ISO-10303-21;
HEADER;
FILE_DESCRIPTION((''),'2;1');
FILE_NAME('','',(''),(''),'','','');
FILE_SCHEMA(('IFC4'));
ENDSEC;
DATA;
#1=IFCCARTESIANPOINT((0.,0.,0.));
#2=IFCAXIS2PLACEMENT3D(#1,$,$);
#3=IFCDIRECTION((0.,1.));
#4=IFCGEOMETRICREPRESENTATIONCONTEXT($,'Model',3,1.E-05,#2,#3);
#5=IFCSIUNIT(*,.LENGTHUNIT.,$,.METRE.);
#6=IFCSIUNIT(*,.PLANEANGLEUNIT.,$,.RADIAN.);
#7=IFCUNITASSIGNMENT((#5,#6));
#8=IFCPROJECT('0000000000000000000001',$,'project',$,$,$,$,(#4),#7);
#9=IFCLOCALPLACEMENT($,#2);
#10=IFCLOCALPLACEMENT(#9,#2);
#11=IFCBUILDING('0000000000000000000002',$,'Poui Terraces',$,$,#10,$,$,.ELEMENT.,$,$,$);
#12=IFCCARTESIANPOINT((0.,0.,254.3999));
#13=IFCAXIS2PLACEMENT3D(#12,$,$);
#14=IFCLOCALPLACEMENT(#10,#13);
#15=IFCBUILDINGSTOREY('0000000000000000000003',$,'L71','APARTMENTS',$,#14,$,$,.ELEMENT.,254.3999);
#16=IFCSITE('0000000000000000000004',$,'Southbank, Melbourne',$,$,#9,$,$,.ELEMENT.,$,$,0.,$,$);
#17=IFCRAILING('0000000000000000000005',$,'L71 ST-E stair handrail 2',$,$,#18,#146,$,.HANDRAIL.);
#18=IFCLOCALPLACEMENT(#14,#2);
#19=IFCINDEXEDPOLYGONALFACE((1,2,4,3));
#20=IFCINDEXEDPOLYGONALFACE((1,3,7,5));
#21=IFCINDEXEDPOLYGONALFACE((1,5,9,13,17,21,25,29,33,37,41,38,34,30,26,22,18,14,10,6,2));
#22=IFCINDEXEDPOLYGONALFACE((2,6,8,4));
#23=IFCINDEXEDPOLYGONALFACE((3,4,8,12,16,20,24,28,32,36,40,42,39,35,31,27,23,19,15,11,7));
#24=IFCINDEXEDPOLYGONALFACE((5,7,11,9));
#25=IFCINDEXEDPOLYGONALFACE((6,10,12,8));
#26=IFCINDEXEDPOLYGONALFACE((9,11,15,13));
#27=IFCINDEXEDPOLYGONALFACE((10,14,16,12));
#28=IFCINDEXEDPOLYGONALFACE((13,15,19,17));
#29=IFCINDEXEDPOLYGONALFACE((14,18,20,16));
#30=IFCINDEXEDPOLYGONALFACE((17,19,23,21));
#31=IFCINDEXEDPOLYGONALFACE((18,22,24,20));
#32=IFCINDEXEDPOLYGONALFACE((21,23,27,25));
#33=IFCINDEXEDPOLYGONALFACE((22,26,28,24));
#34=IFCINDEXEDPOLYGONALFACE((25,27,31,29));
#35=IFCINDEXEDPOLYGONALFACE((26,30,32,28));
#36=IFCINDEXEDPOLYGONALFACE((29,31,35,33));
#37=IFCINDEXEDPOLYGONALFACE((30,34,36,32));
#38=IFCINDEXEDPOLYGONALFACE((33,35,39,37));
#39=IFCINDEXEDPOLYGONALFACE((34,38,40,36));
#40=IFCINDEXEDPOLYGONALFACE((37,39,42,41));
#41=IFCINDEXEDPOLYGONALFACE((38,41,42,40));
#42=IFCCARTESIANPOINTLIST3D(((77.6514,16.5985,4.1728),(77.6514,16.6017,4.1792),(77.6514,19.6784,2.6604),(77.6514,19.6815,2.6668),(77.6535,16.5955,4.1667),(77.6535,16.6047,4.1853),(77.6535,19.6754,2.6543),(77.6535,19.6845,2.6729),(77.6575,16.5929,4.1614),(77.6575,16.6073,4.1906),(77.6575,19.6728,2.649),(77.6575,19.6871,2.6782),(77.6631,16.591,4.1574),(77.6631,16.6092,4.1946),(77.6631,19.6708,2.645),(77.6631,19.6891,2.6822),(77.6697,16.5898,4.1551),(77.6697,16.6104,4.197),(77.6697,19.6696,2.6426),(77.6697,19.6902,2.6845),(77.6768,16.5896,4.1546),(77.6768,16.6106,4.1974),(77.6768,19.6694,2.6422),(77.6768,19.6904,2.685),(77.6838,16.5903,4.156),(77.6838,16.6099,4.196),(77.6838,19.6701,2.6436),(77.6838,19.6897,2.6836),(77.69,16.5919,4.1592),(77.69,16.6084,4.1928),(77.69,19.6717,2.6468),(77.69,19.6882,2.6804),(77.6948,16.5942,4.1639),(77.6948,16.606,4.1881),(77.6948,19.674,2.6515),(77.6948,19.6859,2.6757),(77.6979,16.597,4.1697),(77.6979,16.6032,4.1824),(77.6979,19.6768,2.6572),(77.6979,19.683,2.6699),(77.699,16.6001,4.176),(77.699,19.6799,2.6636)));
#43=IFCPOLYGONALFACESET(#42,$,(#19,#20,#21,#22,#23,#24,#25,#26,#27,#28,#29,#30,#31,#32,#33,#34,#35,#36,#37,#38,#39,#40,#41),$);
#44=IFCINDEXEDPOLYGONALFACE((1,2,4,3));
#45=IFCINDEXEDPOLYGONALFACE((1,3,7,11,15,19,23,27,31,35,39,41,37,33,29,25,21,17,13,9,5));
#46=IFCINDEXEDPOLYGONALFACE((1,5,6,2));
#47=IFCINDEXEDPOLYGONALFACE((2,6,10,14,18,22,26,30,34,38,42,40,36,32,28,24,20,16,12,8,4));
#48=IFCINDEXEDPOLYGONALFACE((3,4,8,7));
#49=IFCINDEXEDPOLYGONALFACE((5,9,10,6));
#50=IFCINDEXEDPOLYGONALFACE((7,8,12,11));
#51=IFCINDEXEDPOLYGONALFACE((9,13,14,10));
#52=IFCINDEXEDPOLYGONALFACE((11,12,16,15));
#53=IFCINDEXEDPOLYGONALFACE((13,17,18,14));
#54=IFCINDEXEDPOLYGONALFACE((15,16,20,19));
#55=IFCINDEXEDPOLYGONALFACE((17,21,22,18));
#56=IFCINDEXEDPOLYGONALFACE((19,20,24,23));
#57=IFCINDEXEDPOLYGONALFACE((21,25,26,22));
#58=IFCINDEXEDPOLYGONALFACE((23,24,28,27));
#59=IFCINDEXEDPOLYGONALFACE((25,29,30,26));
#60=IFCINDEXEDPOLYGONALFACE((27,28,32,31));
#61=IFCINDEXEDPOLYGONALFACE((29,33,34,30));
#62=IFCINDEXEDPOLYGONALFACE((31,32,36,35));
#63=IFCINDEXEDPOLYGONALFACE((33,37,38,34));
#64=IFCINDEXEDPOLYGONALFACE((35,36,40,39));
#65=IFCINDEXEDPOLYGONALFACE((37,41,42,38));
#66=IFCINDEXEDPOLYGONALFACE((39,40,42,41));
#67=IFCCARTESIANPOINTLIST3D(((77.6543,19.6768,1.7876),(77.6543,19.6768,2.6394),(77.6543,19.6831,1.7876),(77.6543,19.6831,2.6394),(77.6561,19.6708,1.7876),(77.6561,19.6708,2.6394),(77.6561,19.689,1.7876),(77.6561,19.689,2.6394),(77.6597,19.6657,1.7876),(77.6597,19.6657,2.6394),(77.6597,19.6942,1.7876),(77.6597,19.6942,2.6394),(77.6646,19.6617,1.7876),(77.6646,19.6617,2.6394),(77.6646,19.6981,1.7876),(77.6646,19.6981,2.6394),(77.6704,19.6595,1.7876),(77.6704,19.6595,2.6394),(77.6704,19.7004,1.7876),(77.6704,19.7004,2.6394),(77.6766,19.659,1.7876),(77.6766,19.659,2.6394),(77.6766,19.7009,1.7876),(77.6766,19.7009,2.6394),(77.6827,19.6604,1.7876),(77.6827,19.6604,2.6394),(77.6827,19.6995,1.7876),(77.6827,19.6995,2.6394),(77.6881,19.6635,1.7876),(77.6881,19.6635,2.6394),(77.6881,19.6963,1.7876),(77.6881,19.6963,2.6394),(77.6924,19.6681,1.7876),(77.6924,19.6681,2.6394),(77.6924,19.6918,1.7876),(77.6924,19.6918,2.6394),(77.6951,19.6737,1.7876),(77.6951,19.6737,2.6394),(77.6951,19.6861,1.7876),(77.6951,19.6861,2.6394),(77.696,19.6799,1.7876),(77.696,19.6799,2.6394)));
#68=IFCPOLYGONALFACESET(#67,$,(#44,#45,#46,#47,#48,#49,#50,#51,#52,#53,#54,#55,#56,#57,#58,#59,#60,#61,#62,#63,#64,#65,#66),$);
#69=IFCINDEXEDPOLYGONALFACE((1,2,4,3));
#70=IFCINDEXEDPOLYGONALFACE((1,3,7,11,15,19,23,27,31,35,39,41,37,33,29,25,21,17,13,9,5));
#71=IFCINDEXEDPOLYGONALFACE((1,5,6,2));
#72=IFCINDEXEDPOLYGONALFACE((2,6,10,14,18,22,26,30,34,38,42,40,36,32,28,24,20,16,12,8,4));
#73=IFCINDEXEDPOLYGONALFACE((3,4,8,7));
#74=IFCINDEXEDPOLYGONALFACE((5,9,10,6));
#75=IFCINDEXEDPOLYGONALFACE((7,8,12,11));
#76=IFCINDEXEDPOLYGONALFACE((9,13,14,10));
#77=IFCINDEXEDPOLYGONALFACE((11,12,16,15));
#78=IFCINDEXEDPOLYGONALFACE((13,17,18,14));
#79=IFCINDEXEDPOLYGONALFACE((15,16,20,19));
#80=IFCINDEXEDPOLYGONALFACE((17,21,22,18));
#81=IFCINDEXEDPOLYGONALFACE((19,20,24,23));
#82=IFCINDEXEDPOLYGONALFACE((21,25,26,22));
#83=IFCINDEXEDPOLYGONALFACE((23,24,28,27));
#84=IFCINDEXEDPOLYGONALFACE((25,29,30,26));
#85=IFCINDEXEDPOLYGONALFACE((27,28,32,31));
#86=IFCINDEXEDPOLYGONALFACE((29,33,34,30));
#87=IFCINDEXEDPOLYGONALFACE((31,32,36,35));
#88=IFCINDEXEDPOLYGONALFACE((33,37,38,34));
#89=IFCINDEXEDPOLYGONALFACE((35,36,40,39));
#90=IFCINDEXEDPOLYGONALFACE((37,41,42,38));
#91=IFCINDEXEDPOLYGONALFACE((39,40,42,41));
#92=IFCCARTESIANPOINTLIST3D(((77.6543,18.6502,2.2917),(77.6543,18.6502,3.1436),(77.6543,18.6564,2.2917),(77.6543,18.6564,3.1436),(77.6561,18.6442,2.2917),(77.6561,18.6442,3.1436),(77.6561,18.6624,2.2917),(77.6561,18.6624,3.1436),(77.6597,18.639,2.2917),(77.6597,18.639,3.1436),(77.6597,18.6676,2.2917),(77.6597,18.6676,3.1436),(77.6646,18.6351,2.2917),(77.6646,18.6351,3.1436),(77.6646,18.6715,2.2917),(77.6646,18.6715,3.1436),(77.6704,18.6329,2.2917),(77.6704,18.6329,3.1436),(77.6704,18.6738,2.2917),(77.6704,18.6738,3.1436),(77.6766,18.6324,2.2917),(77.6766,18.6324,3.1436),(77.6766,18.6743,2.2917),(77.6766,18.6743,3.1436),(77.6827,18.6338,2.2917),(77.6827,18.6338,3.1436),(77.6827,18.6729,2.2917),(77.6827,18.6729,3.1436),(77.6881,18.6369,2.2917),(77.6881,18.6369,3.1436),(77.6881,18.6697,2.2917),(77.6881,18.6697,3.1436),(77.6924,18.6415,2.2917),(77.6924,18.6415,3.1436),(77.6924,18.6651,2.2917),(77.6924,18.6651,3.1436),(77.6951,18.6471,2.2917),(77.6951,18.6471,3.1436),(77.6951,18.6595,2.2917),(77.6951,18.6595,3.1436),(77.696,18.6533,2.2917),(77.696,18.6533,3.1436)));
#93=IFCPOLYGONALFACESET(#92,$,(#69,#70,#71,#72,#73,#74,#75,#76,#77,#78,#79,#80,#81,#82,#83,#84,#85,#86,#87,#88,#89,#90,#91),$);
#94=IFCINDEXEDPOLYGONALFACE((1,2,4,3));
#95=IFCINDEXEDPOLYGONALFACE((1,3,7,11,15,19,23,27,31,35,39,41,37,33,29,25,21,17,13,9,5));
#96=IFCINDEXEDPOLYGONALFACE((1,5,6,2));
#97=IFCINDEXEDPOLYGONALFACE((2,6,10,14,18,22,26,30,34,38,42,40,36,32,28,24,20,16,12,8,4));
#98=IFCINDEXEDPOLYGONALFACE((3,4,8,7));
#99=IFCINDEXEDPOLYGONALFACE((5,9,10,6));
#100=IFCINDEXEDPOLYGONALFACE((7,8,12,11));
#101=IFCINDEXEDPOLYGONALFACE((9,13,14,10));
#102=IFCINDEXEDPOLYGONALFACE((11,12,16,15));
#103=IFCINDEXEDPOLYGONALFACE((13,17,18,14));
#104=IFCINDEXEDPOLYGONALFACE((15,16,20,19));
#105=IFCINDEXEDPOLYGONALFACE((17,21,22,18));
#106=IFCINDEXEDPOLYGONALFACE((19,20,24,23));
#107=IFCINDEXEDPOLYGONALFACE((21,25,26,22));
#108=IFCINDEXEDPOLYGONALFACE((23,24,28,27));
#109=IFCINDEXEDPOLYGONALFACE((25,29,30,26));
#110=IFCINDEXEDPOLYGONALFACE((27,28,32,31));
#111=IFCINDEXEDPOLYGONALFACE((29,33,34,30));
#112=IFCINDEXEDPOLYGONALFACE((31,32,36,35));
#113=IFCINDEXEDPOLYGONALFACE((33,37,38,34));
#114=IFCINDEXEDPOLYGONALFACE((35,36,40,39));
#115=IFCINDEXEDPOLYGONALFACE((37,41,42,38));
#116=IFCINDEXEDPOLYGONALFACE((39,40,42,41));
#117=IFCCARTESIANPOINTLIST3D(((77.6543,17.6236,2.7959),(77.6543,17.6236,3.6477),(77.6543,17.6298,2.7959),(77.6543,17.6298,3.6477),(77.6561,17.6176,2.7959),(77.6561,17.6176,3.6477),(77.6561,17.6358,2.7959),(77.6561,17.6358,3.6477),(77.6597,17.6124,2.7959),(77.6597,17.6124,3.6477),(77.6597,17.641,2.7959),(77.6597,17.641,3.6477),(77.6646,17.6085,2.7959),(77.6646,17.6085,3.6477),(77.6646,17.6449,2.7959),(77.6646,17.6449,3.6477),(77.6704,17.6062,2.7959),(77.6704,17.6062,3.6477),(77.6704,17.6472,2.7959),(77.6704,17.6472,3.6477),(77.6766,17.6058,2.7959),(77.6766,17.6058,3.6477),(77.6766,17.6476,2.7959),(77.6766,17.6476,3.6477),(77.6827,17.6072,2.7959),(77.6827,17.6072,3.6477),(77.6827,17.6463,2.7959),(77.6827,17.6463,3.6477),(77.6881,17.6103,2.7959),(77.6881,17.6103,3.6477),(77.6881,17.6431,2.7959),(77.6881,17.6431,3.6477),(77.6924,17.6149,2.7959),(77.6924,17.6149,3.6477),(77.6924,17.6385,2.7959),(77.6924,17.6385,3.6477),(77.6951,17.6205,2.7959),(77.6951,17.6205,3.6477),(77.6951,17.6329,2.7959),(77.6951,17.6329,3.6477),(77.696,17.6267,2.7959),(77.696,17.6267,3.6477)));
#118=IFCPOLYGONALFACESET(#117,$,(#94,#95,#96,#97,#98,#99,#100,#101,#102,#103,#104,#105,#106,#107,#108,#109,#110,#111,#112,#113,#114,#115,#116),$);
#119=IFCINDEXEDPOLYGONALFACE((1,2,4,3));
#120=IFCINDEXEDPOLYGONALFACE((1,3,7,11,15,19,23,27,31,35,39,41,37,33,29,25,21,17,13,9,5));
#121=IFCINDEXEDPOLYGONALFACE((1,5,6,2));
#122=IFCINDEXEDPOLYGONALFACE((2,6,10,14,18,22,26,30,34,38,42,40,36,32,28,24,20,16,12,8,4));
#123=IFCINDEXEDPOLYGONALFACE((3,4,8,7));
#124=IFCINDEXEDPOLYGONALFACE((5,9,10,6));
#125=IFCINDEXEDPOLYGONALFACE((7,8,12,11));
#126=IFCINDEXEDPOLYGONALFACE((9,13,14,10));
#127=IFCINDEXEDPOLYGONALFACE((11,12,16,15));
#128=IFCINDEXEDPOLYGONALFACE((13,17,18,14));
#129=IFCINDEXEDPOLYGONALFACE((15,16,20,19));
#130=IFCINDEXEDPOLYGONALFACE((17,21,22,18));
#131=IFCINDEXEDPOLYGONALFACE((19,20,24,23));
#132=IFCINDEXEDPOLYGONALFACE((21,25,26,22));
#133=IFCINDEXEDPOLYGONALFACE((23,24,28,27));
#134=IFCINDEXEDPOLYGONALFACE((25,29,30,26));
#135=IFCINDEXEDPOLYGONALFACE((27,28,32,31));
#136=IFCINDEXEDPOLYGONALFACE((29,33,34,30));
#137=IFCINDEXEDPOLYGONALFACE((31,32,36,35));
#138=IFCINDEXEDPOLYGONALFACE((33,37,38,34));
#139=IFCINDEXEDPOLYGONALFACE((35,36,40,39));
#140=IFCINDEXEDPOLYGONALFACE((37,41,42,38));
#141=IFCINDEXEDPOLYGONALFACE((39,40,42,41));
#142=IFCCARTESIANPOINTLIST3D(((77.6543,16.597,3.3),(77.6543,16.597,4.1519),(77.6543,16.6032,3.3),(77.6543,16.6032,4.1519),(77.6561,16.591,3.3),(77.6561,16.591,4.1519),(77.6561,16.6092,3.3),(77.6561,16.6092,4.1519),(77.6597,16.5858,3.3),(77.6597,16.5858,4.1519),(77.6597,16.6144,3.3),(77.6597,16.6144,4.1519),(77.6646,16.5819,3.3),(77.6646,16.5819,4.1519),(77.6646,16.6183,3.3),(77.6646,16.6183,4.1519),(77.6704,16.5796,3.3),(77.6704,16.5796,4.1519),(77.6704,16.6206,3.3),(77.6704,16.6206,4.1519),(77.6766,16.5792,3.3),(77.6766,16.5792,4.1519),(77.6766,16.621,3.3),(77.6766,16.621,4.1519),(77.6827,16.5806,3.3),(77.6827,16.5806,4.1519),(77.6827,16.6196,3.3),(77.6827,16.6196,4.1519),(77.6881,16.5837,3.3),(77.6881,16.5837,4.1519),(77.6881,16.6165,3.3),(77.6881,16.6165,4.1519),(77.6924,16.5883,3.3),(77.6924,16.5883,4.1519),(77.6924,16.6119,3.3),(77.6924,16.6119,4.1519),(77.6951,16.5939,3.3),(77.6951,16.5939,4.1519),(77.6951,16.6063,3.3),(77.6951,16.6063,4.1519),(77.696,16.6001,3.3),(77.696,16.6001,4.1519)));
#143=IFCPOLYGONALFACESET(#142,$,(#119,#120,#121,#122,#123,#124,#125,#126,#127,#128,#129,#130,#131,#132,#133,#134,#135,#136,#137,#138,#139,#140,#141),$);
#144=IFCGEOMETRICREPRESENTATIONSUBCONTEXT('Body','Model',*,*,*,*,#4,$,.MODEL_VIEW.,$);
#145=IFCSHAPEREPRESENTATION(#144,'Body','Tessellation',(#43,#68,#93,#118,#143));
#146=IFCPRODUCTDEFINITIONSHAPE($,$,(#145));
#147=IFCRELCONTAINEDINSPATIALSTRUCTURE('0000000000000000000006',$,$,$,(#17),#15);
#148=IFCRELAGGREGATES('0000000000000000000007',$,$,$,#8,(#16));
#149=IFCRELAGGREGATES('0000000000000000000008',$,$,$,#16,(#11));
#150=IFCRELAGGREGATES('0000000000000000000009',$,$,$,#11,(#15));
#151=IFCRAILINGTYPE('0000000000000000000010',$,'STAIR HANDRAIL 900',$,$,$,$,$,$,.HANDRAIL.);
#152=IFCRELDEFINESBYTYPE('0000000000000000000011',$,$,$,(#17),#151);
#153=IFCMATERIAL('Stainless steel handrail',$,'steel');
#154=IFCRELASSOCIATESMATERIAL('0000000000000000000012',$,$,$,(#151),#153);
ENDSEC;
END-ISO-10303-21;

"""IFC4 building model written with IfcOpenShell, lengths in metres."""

from ifc_helpers import new_model, si_unit, direction, frame, origin, origin_2d, place, context, subcontext, project, spatial, circle, extrude, material, type_object, element, save


model = new_model("IFC4")

# Units and contexts
model_context = context("Model", 3, precision=1e-05, world=origin(), true_north=direction((0.0, 1.0)))
body_context = subcontext(model_context, "Body", "Model", "MODEL_VIEW")
ifc_project = project(units=[si_unit("LENGTHUNIT", "METRE"), si_unit("PLANEANGLEUNIT", "RADIAN")], contexts=[model_context])

# Site, building, storey
site_placement = place(None, origin())
site = spatial("IfcSite", under=ifc_project, at=site_placement, Name="Southbank, Melbourne", CompositionType="ELEMENT", RefElevation=0.0)
building_placement = place(site_placement, origin())
building = spatial("IfcBuilding", under=site, at=building_placement, Name="Poui Terraces", CompositionType="ELEMENT")
storey_placement = place(building_placement, frame((0.0, 0.0, 254.3999)))
storey = spatial("IfcBuildingStorey", under=building, at=storey_placement, Name="L71", Description="APARTMENTS", CompositionType="ELEMENT", Elevation=254.3999)

# Railing
ifc_material_1 = material(Name="Stainless steel handrail", Category="steel")
railing_type_1 = type_object("IfcRailingType", Name="STAIR HANDRAIL 900", PredefinedType="HANDRAIL", material=ifc_material_1)
railing_1_placement = place(storey_placement, frame((77.675, 19.6799, 1.7876)))
element("IfcRailing", 1, at=railing_1_placement, inside=storey, type_object=railing_type_1, Name="L71 ST-E stair handrail 2", PredefinedType="HANDRAIL", context=body_context, shape_type="SweptSolid", body=[
    extrude(circle(Radius=0.0239, at=origin_2d()), frame((0.0, 0.0, 0.876), z_axis=(0.0, -0.897606, 0.440798), x_axis=(1.0, 0.0, 0.0)), (0.0, 0.0, 1.0), 3.4312),
    extrude(circle(Radius=0.021, at=origin_2d()), origin(), (0.0, 0.0, 1.0), 0.8518),
    extrude(circle(Radius=0.021, at=origin_2d()), frame((0.0, -1.0266, 0.5042)), (0.0, 0.0, 1.0), 0.8518),
    extrude(circle(Radius=0.021, at=origin_2d()), frame((0.0, -2.0532, 1.0083)), (0.0, 0.0, 1.0), 0.8518),
    extrude(circle(Radius=0.021, at=origin_2d()), frame((0.0, -3.0798, 1.5125)), (0.0, 0.0, 1.0), 0.8518),
])

save(model, "model.ifc")
